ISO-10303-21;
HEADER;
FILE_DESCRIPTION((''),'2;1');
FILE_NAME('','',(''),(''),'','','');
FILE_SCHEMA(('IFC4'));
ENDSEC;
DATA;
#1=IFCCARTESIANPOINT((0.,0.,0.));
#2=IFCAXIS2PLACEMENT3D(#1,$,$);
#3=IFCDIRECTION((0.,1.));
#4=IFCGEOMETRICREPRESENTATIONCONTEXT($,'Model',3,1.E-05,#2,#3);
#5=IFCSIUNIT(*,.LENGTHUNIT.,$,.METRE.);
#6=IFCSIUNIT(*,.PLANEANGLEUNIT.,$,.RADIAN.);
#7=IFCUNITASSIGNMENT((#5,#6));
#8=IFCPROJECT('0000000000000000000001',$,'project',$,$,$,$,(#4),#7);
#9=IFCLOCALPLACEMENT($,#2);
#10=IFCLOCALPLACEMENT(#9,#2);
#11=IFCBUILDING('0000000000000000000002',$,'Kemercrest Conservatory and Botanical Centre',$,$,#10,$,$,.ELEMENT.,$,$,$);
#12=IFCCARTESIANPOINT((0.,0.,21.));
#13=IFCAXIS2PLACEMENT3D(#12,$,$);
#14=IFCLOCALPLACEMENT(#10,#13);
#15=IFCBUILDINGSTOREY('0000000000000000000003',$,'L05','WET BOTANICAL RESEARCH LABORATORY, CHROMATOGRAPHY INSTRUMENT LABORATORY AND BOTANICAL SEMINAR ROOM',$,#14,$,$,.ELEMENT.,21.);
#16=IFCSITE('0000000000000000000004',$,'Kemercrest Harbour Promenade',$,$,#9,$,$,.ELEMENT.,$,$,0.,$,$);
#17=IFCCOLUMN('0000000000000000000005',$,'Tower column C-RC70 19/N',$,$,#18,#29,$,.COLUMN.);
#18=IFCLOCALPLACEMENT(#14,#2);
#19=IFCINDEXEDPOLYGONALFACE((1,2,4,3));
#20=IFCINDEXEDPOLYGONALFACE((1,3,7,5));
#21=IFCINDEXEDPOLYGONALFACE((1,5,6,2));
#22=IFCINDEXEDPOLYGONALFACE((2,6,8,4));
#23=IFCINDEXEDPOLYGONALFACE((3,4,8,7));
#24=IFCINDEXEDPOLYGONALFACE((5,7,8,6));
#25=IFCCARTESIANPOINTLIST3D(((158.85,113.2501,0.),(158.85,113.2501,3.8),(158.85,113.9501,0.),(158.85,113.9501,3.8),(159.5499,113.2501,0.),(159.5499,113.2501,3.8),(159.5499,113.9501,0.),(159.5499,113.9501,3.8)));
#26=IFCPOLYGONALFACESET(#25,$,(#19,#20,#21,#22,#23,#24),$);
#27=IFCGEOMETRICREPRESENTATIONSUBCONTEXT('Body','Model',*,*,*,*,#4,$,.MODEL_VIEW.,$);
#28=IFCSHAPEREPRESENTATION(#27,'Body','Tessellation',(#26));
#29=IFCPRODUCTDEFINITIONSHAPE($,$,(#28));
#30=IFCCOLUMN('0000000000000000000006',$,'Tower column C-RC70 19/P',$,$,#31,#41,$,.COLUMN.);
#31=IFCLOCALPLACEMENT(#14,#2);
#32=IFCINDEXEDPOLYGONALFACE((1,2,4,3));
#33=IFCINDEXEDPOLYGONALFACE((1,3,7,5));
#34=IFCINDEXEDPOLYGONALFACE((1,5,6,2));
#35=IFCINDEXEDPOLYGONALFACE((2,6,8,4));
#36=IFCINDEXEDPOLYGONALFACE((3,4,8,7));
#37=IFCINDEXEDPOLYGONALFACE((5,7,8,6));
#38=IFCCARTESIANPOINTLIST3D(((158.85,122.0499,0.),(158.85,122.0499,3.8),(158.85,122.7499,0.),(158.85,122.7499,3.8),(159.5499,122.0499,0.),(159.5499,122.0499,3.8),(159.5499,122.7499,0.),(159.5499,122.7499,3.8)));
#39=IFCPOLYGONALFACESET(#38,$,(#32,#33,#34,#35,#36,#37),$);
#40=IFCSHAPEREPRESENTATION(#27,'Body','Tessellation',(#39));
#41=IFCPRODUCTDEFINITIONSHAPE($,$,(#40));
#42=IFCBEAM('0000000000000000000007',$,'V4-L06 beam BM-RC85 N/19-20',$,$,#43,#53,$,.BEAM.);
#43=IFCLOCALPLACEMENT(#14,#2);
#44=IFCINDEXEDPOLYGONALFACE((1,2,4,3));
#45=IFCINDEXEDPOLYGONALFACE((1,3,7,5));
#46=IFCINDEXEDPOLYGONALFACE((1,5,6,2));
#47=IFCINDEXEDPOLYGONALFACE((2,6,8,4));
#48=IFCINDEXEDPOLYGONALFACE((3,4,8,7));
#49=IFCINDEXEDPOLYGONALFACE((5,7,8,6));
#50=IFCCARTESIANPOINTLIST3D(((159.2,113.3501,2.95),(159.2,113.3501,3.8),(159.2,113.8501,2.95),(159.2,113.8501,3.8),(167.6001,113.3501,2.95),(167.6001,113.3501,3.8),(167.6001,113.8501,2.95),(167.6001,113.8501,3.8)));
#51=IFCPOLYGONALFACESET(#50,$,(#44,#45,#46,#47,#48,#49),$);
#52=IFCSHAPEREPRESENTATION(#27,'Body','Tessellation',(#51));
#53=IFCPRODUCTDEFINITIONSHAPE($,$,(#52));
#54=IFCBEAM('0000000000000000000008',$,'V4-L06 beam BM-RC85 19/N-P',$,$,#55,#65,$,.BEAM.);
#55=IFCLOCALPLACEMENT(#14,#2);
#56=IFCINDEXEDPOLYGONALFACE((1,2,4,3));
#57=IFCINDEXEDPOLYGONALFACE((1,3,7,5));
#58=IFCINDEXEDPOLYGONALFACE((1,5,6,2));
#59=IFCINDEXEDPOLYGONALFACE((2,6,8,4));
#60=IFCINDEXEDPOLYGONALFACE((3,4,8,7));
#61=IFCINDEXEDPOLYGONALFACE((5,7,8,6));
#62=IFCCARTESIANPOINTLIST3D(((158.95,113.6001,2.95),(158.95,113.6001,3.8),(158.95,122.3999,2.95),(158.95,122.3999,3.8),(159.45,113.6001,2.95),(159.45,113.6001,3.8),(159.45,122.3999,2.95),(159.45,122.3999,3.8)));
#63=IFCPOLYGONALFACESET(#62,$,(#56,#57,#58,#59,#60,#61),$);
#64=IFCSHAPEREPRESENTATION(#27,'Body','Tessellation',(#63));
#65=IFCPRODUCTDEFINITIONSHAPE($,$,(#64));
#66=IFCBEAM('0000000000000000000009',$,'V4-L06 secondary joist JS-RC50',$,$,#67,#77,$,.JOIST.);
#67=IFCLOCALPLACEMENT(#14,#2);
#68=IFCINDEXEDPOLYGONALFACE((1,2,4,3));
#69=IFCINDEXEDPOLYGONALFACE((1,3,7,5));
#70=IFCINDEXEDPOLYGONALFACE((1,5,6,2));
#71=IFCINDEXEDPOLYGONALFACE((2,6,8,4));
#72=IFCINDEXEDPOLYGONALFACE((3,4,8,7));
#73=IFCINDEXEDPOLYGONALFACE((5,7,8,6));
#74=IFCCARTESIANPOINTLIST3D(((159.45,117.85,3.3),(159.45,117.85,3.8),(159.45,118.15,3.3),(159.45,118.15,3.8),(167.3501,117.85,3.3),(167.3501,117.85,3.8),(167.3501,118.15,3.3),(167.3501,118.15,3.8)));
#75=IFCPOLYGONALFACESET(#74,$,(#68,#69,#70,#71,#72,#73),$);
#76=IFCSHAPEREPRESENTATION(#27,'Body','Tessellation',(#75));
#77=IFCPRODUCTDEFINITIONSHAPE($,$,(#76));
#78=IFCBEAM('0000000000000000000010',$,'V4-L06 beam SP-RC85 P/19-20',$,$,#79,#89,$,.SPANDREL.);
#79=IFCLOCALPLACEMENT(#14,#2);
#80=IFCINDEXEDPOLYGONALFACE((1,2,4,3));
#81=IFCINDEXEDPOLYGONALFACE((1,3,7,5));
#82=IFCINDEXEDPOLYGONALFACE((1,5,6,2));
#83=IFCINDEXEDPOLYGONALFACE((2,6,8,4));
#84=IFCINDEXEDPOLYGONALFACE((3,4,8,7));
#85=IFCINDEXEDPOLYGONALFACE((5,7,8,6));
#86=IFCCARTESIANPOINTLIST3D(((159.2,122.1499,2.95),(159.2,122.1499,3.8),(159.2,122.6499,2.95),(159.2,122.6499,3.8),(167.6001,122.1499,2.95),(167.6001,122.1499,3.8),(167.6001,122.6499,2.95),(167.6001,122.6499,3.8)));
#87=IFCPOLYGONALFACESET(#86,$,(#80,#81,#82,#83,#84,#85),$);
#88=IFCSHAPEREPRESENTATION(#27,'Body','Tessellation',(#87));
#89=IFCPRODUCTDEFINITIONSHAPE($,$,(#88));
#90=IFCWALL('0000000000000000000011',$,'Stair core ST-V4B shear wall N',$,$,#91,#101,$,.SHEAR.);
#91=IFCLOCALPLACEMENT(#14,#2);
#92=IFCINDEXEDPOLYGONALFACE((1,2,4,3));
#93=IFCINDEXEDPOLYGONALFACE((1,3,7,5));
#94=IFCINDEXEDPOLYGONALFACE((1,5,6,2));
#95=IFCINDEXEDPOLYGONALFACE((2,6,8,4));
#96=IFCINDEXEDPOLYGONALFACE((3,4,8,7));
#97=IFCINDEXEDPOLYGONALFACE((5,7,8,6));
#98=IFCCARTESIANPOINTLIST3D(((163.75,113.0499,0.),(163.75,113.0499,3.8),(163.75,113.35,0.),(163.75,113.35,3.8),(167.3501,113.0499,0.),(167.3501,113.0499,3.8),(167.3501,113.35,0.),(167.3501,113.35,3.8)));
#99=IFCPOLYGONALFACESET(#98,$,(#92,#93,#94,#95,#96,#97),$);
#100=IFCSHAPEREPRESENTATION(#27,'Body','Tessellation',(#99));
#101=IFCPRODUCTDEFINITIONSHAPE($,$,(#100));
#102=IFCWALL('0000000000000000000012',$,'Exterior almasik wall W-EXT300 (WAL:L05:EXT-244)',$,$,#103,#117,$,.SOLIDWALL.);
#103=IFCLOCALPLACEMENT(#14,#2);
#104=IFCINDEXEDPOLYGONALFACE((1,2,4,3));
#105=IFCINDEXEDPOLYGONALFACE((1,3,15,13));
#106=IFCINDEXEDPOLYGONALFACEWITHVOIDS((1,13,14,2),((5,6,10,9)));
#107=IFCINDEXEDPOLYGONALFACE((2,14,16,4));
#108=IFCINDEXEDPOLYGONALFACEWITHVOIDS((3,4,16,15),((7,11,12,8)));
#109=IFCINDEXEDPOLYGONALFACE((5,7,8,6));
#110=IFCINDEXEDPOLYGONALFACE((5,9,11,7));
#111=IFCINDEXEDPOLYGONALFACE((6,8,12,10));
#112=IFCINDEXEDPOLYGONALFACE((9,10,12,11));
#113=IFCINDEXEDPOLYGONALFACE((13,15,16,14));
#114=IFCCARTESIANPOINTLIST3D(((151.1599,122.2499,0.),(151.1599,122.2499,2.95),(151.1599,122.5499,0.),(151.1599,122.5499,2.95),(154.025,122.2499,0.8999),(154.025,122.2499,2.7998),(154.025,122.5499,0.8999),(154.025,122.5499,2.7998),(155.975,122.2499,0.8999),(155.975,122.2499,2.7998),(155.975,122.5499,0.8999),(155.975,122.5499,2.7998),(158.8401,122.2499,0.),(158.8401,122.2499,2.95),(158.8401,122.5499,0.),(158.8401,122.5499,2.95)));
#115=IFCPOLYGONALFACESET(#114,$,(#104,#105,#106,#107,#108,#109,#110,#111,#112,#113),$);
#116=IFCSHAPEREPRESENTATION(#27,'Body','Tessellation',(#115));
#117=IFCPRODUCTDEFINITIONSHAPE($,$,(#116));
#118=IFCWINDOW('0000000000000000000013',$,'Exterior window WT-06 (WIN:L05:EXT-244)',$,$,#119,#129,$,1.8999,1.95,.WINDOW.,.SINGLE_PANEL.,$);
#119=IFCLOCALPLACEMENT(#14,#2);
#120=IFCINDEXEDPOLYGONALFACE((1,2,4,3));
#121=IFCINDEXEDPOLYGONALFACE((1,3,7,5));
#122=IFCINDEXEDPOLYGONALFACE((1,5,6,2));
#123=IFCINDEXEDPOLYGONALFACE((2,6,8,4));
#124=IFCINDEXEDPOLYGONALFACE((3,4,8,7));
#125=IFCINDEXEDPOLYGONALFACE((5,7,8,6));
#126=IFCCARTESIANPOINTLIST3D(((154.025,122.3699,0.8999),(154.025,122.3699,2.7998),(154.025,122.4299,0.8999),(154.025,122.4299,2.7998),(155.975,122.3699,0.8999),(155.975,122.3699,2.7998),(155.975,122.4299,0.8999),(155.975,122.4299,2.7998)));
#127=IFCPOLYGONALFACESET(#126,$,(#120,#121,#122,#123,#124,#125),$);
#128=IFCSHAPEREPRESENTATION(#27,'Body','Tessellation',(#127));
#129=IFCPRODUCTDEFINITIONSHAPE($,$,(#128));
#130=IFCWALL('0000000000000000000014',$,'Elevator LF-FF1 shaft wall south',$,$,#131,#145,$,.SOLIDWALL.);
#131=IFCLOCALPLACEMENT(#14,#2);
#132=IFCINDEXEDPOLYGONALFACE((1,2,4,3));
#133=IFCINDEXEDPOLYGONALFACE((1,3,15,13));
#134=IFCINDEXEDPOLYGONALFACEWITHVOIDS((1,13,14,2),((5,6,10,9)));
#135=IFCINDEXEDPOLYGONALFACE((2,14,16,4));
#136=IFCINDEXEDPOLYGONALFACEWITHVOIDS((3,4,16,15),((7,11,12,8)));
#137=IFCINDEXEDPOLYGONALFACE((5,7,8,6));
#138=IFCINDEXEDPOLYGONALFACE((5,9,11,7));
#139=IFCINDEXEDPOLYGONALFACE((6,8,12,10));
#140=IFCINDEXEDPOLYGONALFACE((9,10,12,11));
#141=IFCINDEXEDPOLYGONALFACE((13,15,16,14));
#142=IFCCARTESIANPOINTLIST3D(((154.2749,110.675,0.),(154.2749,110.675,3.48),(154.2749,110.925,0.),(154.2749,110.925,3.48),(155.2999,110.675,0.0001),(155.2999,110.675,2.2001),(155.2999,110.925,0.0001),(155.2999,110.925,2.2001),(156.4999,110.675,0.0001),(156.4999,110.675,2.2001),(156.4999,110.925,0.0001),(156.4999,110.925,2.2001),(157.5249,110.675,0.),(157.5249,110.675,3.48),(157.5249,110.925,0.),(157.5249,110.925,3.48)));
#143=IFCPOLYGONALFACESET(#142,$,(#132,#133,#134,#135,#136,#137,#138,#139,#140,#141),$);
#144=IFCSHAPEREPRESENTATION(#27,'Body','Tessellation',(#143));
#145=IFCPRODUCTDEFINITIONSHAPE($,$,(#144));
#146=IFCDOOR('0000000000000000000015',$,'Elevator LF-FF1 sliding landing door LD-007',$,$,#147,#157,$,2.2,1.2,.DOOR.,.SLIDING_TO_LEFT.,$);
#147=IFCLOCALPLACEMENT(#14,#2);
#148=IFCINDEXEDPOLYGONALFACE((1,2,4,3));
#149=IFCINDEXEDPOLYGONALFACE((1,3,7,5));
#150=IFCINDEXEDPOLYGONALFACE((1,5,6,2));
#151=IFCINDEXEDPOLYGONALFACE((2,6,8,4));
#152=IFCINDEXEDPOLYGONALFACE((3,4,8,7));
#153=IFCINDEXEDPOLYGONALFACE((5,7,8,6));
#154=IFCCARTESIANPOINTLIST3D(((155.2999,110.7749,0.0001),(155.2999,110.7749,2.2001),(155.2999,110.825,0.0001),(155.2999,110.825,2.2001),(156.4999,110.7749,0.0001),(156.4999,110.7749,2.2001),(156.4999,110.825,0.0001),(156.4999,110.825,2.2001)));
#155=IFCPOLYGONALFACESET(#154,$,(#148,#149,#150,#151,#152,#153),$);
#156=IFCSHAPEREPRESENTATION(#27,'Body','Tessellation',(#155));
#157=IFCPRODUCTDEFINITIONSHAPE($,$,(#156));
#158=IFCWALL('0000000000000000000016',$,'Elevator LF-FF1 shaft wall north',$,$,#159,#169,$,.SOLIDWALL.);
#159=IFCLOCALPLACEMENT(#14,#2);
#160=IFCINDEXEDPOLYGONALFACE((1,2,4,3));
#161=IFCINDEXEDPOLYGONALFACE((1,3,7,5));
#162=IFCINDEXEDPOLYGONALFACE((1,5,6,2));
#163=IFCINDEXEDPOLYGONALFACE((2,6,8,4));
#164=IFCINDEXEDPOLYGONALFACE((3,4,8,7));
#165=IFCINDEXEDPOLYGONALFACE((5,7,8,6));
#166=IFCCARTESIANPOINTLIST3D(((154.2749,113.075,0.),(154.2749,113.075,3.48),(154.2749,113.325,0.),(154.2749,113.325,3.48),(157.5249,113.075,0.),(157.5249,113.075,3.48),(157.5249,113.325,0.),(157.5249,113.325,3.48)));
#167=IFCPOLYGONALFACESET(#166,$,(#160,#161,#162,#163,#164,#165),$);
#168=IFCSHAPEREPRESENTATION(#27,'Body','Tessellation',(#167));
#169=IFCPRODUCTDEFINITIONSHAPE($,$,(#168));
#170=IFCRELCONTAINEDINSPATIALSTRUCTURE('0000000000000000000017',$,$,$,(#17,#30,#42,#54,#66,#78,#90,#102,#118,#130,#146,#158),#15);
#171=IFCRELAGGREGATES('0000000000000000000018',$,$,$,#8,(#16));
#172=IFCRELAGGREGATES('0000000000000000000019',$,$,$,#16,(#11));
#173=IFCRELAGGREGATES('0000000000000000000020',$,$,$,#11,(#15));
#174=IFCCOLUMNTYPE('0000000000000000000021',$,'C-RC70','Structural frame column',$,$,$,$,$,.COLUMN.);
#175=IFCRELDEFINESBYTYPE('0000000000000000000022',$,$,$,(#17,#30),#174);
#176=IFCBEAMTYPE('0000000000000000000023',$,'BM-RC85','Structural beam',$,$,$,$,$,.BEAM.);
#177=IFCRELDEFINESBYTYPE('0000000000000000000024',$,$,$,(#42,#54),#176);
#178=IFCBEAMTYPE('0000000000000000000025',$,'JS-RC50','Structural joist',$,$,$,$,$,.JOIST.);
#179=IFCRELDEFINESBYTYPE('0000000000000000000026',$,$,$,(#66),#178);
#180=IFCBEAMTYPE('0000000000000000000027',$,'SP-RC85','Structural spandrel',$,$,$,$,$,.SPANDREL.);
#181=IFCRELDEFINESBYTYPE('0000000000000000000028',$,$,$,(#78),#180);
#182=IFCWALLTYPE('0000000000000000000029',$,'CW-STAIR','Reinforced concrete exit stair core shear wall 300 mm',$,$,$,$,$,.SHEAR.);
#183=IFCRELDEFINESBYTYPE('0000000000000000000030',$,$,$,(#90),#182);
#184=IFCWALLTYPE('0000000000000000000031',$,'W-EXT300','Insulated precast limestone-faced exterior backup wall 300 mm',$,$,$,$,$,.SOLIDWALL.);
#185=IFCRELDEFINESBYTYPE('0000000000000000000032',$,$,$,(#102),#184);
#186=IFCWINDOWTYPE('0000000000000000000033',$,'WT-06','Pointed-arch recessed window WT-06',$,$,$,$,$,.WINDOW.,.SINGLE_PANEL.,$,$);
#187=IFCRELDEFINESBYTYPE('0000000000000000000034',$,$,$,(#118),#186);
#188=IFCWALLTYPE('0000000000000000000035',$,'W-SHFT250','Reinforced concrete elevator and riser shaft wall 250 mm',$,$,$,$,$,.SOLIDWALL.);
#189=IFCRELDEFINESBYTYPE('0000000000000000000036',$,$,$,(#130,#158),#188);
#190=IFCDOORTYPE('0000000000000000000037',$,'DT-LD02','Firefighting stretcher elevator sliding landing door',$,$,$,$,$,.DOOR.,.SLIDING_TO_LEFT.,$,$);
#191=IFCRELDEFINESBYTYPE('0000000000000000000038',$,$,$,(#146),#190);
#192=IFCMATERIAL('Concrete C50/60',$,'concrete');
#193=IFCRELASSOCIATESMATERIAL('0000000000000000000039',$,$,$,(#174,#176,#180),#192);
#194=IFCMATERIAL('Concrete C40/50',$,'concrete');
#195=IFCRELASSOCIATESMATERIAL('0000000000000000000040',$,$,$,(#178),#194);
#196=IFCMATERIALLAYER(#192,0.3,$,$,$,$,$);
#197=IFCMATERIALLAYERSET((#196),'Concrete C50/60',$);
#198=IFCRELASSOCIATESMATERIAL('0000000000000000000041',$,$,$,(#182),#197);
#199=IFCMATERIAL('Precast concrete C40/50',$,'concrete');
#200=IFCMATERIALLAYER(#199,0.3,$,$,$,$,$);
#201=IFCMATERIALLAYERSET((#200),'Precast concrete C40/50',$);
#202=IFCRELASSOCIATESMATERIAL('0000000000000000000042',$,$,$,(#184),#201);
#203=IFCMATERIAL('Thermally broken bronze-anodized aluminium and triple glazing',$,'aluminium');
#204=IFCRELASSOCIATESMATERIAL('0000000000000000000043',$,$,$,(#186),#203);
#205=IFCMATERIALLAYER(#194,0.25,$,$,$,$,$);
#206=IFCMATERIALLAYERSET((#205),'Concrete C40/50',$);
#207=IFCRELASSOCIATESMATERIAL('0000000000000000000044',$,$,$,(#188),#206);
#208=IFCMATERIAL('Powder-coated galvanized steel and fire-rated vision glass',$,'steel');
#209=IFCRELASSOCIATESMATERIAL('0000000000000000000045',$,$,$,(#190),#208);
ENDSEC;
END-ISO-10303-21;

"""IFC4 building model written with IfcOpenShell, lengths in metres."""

from ifc_helpers import new_model, si_unit, direction, frame, frame_2d, origin, origin_2d, place, context, subcontext, project, spatial, rectangle, extrude, material, layer, layer_set, material_profile, profile_set, type_object, element, fill, save


model = new_model("IFC4")

# Units and contexts
model_context = context("Model", 3, precision=1e-05, world=origin(), true_north=direction((0.0, 1.0)))
body_context = subcontext(model_context, "Body", "Model", "MODEL_VIEW")
ifc_project = project(units=[si_unit("LENGTHUNIT", "METRE"), si_unit("PLANEANGLEUNIT", "RADIAN")], contexts=[model_context])

# Site, building, storey
site_placement = place(None, origin())
site = spatial("IfcSite", under=ifc_project, at=site_placement, Name="Kemercrest Harbour Promenade", CompositionType="ELEMENT", RefElevation=0.0)
building_placement = place(site_placement, origin())
building = spatial("IfcBuilding", under=site, at=building_placement, Name="Kemercrest Conservatory and Botanical Centre", CompositionType="ELEMENT")
storey_placement = place(building_placement, frame((0.0, 0.0, 21.0)))
storey = spatial("IfcBuildingStorey", under=building, at=storey_placement, Name="L05", Description="WET BOTANICAL RESEARCH LABORATORY, CHROMATOGRAPHY INSTRUMENT LABORATORY AND BOTANICAL SEMINAR ROOM", CompositionType="ELEMENT", Elevation=21.0)

# Columns
ifc_material_1 = material(Name="Concrete C50/60", Category="concrete")
ifc_material_profile_1 = material_profile(ifc_material_1, rectangle(XDim=0.7, YDim=0.7, at=origin_2d()), Name="RC 700x700")
ifc_profile_set_1 = profile_set([ifc_material_profile_1], Name="Concrete C50/60")
column_type = type_object("IfcColumnType", Name="C-RC70", Description="Structural frame column", PredefinedType="COLUMN", material=ifc_profile_set_1)
for number, where, z_axis, x_axis, name in (
    (1, (159.2, 113.6001, 0.0), (0.0, 0.0, 1.0), (1.0, 0.0, 0.0), "Tower column C-RC70 19/N"),
    (2, (159.2, 122.3999, 0.0), (0.0, 0.0, 1.0), (1.0, 0.0, 0.0), "Tower column C-RC70 19/P"),
):
    element("IfcColumn", number, at=place(storey_placement, frame(where, z_axis=z_axis, x_axis=x_axis)), inside=storey, type_object=column_type, Name=name, PredefinedType="COLUMN", context=body_context, shape_type="SweptSolid", body=[
        extrude(rectangle(XDim=0.7, YDim=0.7, at=origin_2d()), origin(), (0.0, 0.0, 1.0), 3.8),
    ])

# Beams
ifc_material_profile_2 = material_profile(ifc_material_1, rectangle(XDim=0.5, YDim=0.8501, at=origin_2d()), Name="RC 500x850")
ifc_profile_set_2 = profile_set([ifc_material_profile_2], Name="Concrete C50/60")
beam_type_1 = type_object("IfcBeamType", Name="BM-RC85", Description="Structural beam", PredefinedType="BEAM", material=ifc_profile_set_2)
beam_1_placement = place(storey_placement, frame((159.2, 113.6001, 3.375), z_axis=(1.0, 0.0, 0.0), x_axis=(0.0, 1.0, 0.0)))
element("IfcBeam", 3, at=beam_1_placement, inside=storey, type_object=beam_type_1, Name="V4-L06 beam BM-RC85 N/19-20", PredefinedType="BEAM", context=body_context, shape_type="SweptSolid", body=[
    extrude(rectangle(XDim=0.5, YDim=0.8501, at=origin_2d()), origin(), (0.0, 0.0, 1.0), 8.4001),
])
beam_2_placement = place(storey_placement, frame((159.2, 113.6001, 3.375), z_axis=(0.0, 1.0, 0.0), x_axis=(-1.0, 0.0, 0.0)))
element("IfcBeam", 4, at=beam_2_placement, inside=storey, type_object=beam_type_1, Name="V4-L06 beam BM-RC85 19/N-P", PredefinedType="BEAM", context=body_context, shape_type="SweptSolid", body=[
    extrude(rectangle(XDim=0.5, YDim=0.8501, at=origin_2d()), origin(), (0.0, 0.0, 1.0), 8.7998),
])
ifc_material_2 = material(Name="Concrete C40/50", Category="concrete")
ifc_material_profile_3 = material_profile(ifc_material_2, rectangle(XDim=0.3, YDim=0.5, at=origin_2d()), Name="RC 300x500")
ifc_profile_set_3 = profile_set([ifc_material_profile_3], Name="Concrete C40/50")
beam_type_2 = type_object("IfcBeamType", Name="JS-RC50", Description="Structural joist", PredefinedType="JOIST", material=ifc_profile_set_3)
beam_3_placement = place(storey_placement, frame((159.45, 118.0, 3.55), z_axis=(1.0, 0.0, 0.0), x_axis=(0.0, 1.0, 0.0)))
element("IfcBeam", 5, at=beam_3_placement, inside=storey, type_object=beam_type_2, Name="V4-L06 secondary joist JS-RC50", PredefinedType="JOIST", context=body_context, shape_type="SweptSolid", body=[
    extrude(rectangle(XDim=0.3, YDim=0.5, at=origin_2d()), origin(), (0.0, 0.0, 1.0), 7.9001),
])
ifc_material_profile_4 = material_profile(ifc_material_1, rectangle(XDim=0.5, YDim=0.8501, at=origin_2d()), Name="RC 500x850")
ifc_profile_set_4 = profile_set([ifc_material_profile_4], Name="Concrete C50/60")
beam_type_3 = type_object("IfcBeamType", Name="SP-RC85", Description="Structural spandrel", PredefinedType="SPANDREL", material=ifc_profile_set_4)
beam_4_placement = place(storey_placement, frame((159.2, 122.3999, 3.375), z_axis=(1.0, 0.0, 0.0), x_axis=(0.0, 1.0, 0.0)))
element("IfcBeam", 6, at=beam_4_placement, inside=storey, type_object=beam_type_3, Name="V4-L06 beam SP-RC85 P/19-20", PredefinedType="SPANDREL", context=body_context, shape_type="SweptSolid", body=[
    extrude(rectangle(XDim=0.5, YDim=0.8501, at=origin_2d()), origin(), (0.0, 0.0, 1.0), 8.4001),
])

# Wall
ifc_layer_1 = layer(ifc_material_1, 0.3)
ifc_layer_set_1 = layer_set([ifc_layer_1], Name="Concrete C50/60")
wall_type_1 = type_object("IfcWallType", Name="CW-STAIR", Description="Reinforced concrete exit stair core shear wall 300 mm", PredefinedType="SHEAR", material=ifc_layer_set_1)
wall_1_placement = place(storey_placement, frame((163.75, 113.2, 0.0), z_axis=(0.0, 0.0, 1.0), x_axis=(1.0, 0.0, 0.0)))
element("IfcWall", 7, at=wall_1_placement, inside=storey, type_object=wall_type_1, Name="Stair core ST-V4B shear wall N", PredefinedType="SHEAR", context=body_context, shape_type="SweptSolid", body=[
    extrude(rectangle(XDim=3.6001, YDim=0.3, at=frame_2d((1.8, 0.0))), origin(), (0.0, 0.0, 1.0), 3.8),
])

# Wall, opening, window
ifc_material_3 = material(Name="Precast concrete C40/50", Category="concrete")
ifc_layer_2 = layer(ifc_material_3, 0.3)
ifc_layer_set_2 = layer_set([ifc_layer_2], Name="Precast concrete C40/50")
wall_type_2 = type_object("IfcWallType", Name="W-EXT300", Description="Insulated precast limestone-faced exterior backup wall 300 mm", PredefinedType="SOLIDWALL", material=ifc_layer_set_2)
wall_2_placement = place(storey_placement, frame((158.8401, 122.3999, 0.0), z_axis=(0.0, 0.0, 1.0), x_axis=(-1.0, 0.0, 0.0)))
wall_2 = element("IfcWall", 8, at=wall_2_placement, inside=storey, type_object=wall_type_2, Name="Exterior almasik wall W-EXT300 (WAL:L05:EXT-244)", PredefinedType="SOLIDWALL", context=body_context, shape_type="SweptSolid", body=[
    extrude(rectangle(XDim=7.6802, YDim=0.3, at=frame_2d((3.8401, 0.0))), origin(), (0.0, 0.0, 1.0), 2.95),
])
opening_1_placement = place(wall_2_placement, frame((2.865, 0.0, 0.8999)))
opening_1 = element("IfcOpeningElement", 9, at=opening_1_placement, cuts=wall_2, PredefinedType="OPENING", context=body_context, shape_type="SweptSolid", body=[
    extrude(rectangle(XDim=1.95, YDim=1.8999, at=frame_2d((0.9751, 0.95))), frame((0.0, 0.1602, 0.0), z_axis=(0.0, -1.0, 0.0), x_axis=(1.0, 0.0, 0.0)), (0.0, 0.0, 1.0), 0.3201),
])
ifc_material_4 = material(Name="Thermally broken bronze-anodized aluminium and triple glazing", Category="aluminium")
window_type = type_object("IfcWindowType", Name="WT-06", Description="Pointed-arch recessed window WT-06", PartitioningType="SINGLE_PANEL", PredefinedType="WINDOW", material=ifc_material_4)
window_placement = place(opening_1_placement, origin())
window = element("IfcWindow", 10, at=window_placement, inside=storey, type_object=window_type, Name="Exterior window WT-06 (WIN:L05:EXT-244)", OverallHeight=1.8999, OverallWidth=1.95, PartitioningType="SINGLE_PANEL", PredefinedType="WINDOW", context=body_context, shape_type="SweptSolid", body=[
    extrude(rectangle(XDim=1.95, YDim=1.8999, at=frame_2d((0.9751, 0.95))), frame((0.0, 0.03, 0.0), z_axis=(0.0, -1.0, 0.0), x_axis=(1.0, 0.0, 0.0)), (0.0, 0.0, 1.0), 0.0601),
])
fill(opening_1, window)

# Wall, opening, door
ifc_layer_3 = layer(ifc_material_2, 0.25)
ifc_layer_set_3 = layer_set([ifc_layer_3], Name="Concrete C40/50")
wall_type_3 = type_object("IfcWallType", Name="W-SHFT250", Description="Reinforced concrete elevator and riser shaft wall 250 mm", PredefinedType="SOLIDWALL", material=ifc_layer_set_3)
wall_3_placement = place(storey_placement, frame((154.2749, 110.8, 0.0), z_axis=(0.0, 0.0, 1.0), x_axis=(1.0, 0.0, 0.0)))
wall_3 = element("IfcWall", 11, at=wall_3_placement, inside=storey, type_object=wall_type_3, Name="Elevator LF-FF1 shaft wall south", PredefinedType="SOLIDWALL", context=body_context, shape_type="SweptSolid", body=[
    extrude(rectangle(XDim=3.25, YDim=0.25, at=frame_2d((1.625, 0.0))), origin(), (0.0, 0.0, 1.0), 3.48),
])
opening_2_placement = place(wall_3_placement, frame((1.0249, 0.0, 0.0)))
opening_2 = element("IfcOpeningElement", 12, at=opening_2_placement, cuts=wall_3, PredefinedType="OPENING", context=body_context, shape_type="SweptSolid", body=[
    extrude(rectangle(XDim=1.2, YDim=2.2, at=frame_2d((0.6001, 1.1001))), frame((0.0, 0.135, 0.0), z_axis=(0.0, -1.0, 0.0), x_axis=(1.0, 0.0, 0.0)), (0.0, 0.0, 1.0), 0.27),
])
ifc_material_5 = material(Name="Powder-coated galvanized steel and fire-rated vision glass", Category="steel")
door_type_1 = type_object("IfcDoorType", Name="DT-LD02", Description="Firefighting stretcher elevator sliding landing door", OperationType="SLIDING_TO_LEFT", PredefinedType="DOOR", material=ifc_material_5)
door_1_placement = place(opening_2_placement, origin())
door_1 = element("IfcDoor", 13, at=door_1_placement, inside=storey, type_object=door_type_1, Name="Elevator LF-FF1 sliding landing door LD-007", OperationType="SLIDING_TO_LEFT", OverallHeight=2.2, OverallWidth=1.2, PredefinedType="DOOR", context=body_context, shape_type="SweptSolid", body=[
    extrude(rectangle(XDim=1.2, YDim=2.2, at=frame_2d((0.6001, 1.1001))), frame((0.0, 0.0249, 0.0), z_axis=(0.0, -1.0, 0.0), x_axis=(1.0, 0.0, 0.0)), (0.0, 0.0, 1.0), 0.05),
])
fill(opening_2, door_1)

# Wall
wall_4_placement = place(storey_placement, frame((154.2749, 113.2, 0.0), z_axis=(0.0, 0.0, 1.0), x_axis=(1.0, 0.0, 0.0)))
element("IfcWall", 14, at=wall_4_placement, inside=storey, type_object=wall_type_3, Name="Elevator LF-FF1 shaft wall north", PredefinedType="SOLIDWALL", context=body_context, shape_type="SweptSolid", body=[
    extrude(rectangle(XDim=3.25, YDim=0.25, at=frame_2d((1.625, 0.0))), origin(), (0.0, 0.0, 1.0), 3.48),
])

save(model, "model.ifc")
